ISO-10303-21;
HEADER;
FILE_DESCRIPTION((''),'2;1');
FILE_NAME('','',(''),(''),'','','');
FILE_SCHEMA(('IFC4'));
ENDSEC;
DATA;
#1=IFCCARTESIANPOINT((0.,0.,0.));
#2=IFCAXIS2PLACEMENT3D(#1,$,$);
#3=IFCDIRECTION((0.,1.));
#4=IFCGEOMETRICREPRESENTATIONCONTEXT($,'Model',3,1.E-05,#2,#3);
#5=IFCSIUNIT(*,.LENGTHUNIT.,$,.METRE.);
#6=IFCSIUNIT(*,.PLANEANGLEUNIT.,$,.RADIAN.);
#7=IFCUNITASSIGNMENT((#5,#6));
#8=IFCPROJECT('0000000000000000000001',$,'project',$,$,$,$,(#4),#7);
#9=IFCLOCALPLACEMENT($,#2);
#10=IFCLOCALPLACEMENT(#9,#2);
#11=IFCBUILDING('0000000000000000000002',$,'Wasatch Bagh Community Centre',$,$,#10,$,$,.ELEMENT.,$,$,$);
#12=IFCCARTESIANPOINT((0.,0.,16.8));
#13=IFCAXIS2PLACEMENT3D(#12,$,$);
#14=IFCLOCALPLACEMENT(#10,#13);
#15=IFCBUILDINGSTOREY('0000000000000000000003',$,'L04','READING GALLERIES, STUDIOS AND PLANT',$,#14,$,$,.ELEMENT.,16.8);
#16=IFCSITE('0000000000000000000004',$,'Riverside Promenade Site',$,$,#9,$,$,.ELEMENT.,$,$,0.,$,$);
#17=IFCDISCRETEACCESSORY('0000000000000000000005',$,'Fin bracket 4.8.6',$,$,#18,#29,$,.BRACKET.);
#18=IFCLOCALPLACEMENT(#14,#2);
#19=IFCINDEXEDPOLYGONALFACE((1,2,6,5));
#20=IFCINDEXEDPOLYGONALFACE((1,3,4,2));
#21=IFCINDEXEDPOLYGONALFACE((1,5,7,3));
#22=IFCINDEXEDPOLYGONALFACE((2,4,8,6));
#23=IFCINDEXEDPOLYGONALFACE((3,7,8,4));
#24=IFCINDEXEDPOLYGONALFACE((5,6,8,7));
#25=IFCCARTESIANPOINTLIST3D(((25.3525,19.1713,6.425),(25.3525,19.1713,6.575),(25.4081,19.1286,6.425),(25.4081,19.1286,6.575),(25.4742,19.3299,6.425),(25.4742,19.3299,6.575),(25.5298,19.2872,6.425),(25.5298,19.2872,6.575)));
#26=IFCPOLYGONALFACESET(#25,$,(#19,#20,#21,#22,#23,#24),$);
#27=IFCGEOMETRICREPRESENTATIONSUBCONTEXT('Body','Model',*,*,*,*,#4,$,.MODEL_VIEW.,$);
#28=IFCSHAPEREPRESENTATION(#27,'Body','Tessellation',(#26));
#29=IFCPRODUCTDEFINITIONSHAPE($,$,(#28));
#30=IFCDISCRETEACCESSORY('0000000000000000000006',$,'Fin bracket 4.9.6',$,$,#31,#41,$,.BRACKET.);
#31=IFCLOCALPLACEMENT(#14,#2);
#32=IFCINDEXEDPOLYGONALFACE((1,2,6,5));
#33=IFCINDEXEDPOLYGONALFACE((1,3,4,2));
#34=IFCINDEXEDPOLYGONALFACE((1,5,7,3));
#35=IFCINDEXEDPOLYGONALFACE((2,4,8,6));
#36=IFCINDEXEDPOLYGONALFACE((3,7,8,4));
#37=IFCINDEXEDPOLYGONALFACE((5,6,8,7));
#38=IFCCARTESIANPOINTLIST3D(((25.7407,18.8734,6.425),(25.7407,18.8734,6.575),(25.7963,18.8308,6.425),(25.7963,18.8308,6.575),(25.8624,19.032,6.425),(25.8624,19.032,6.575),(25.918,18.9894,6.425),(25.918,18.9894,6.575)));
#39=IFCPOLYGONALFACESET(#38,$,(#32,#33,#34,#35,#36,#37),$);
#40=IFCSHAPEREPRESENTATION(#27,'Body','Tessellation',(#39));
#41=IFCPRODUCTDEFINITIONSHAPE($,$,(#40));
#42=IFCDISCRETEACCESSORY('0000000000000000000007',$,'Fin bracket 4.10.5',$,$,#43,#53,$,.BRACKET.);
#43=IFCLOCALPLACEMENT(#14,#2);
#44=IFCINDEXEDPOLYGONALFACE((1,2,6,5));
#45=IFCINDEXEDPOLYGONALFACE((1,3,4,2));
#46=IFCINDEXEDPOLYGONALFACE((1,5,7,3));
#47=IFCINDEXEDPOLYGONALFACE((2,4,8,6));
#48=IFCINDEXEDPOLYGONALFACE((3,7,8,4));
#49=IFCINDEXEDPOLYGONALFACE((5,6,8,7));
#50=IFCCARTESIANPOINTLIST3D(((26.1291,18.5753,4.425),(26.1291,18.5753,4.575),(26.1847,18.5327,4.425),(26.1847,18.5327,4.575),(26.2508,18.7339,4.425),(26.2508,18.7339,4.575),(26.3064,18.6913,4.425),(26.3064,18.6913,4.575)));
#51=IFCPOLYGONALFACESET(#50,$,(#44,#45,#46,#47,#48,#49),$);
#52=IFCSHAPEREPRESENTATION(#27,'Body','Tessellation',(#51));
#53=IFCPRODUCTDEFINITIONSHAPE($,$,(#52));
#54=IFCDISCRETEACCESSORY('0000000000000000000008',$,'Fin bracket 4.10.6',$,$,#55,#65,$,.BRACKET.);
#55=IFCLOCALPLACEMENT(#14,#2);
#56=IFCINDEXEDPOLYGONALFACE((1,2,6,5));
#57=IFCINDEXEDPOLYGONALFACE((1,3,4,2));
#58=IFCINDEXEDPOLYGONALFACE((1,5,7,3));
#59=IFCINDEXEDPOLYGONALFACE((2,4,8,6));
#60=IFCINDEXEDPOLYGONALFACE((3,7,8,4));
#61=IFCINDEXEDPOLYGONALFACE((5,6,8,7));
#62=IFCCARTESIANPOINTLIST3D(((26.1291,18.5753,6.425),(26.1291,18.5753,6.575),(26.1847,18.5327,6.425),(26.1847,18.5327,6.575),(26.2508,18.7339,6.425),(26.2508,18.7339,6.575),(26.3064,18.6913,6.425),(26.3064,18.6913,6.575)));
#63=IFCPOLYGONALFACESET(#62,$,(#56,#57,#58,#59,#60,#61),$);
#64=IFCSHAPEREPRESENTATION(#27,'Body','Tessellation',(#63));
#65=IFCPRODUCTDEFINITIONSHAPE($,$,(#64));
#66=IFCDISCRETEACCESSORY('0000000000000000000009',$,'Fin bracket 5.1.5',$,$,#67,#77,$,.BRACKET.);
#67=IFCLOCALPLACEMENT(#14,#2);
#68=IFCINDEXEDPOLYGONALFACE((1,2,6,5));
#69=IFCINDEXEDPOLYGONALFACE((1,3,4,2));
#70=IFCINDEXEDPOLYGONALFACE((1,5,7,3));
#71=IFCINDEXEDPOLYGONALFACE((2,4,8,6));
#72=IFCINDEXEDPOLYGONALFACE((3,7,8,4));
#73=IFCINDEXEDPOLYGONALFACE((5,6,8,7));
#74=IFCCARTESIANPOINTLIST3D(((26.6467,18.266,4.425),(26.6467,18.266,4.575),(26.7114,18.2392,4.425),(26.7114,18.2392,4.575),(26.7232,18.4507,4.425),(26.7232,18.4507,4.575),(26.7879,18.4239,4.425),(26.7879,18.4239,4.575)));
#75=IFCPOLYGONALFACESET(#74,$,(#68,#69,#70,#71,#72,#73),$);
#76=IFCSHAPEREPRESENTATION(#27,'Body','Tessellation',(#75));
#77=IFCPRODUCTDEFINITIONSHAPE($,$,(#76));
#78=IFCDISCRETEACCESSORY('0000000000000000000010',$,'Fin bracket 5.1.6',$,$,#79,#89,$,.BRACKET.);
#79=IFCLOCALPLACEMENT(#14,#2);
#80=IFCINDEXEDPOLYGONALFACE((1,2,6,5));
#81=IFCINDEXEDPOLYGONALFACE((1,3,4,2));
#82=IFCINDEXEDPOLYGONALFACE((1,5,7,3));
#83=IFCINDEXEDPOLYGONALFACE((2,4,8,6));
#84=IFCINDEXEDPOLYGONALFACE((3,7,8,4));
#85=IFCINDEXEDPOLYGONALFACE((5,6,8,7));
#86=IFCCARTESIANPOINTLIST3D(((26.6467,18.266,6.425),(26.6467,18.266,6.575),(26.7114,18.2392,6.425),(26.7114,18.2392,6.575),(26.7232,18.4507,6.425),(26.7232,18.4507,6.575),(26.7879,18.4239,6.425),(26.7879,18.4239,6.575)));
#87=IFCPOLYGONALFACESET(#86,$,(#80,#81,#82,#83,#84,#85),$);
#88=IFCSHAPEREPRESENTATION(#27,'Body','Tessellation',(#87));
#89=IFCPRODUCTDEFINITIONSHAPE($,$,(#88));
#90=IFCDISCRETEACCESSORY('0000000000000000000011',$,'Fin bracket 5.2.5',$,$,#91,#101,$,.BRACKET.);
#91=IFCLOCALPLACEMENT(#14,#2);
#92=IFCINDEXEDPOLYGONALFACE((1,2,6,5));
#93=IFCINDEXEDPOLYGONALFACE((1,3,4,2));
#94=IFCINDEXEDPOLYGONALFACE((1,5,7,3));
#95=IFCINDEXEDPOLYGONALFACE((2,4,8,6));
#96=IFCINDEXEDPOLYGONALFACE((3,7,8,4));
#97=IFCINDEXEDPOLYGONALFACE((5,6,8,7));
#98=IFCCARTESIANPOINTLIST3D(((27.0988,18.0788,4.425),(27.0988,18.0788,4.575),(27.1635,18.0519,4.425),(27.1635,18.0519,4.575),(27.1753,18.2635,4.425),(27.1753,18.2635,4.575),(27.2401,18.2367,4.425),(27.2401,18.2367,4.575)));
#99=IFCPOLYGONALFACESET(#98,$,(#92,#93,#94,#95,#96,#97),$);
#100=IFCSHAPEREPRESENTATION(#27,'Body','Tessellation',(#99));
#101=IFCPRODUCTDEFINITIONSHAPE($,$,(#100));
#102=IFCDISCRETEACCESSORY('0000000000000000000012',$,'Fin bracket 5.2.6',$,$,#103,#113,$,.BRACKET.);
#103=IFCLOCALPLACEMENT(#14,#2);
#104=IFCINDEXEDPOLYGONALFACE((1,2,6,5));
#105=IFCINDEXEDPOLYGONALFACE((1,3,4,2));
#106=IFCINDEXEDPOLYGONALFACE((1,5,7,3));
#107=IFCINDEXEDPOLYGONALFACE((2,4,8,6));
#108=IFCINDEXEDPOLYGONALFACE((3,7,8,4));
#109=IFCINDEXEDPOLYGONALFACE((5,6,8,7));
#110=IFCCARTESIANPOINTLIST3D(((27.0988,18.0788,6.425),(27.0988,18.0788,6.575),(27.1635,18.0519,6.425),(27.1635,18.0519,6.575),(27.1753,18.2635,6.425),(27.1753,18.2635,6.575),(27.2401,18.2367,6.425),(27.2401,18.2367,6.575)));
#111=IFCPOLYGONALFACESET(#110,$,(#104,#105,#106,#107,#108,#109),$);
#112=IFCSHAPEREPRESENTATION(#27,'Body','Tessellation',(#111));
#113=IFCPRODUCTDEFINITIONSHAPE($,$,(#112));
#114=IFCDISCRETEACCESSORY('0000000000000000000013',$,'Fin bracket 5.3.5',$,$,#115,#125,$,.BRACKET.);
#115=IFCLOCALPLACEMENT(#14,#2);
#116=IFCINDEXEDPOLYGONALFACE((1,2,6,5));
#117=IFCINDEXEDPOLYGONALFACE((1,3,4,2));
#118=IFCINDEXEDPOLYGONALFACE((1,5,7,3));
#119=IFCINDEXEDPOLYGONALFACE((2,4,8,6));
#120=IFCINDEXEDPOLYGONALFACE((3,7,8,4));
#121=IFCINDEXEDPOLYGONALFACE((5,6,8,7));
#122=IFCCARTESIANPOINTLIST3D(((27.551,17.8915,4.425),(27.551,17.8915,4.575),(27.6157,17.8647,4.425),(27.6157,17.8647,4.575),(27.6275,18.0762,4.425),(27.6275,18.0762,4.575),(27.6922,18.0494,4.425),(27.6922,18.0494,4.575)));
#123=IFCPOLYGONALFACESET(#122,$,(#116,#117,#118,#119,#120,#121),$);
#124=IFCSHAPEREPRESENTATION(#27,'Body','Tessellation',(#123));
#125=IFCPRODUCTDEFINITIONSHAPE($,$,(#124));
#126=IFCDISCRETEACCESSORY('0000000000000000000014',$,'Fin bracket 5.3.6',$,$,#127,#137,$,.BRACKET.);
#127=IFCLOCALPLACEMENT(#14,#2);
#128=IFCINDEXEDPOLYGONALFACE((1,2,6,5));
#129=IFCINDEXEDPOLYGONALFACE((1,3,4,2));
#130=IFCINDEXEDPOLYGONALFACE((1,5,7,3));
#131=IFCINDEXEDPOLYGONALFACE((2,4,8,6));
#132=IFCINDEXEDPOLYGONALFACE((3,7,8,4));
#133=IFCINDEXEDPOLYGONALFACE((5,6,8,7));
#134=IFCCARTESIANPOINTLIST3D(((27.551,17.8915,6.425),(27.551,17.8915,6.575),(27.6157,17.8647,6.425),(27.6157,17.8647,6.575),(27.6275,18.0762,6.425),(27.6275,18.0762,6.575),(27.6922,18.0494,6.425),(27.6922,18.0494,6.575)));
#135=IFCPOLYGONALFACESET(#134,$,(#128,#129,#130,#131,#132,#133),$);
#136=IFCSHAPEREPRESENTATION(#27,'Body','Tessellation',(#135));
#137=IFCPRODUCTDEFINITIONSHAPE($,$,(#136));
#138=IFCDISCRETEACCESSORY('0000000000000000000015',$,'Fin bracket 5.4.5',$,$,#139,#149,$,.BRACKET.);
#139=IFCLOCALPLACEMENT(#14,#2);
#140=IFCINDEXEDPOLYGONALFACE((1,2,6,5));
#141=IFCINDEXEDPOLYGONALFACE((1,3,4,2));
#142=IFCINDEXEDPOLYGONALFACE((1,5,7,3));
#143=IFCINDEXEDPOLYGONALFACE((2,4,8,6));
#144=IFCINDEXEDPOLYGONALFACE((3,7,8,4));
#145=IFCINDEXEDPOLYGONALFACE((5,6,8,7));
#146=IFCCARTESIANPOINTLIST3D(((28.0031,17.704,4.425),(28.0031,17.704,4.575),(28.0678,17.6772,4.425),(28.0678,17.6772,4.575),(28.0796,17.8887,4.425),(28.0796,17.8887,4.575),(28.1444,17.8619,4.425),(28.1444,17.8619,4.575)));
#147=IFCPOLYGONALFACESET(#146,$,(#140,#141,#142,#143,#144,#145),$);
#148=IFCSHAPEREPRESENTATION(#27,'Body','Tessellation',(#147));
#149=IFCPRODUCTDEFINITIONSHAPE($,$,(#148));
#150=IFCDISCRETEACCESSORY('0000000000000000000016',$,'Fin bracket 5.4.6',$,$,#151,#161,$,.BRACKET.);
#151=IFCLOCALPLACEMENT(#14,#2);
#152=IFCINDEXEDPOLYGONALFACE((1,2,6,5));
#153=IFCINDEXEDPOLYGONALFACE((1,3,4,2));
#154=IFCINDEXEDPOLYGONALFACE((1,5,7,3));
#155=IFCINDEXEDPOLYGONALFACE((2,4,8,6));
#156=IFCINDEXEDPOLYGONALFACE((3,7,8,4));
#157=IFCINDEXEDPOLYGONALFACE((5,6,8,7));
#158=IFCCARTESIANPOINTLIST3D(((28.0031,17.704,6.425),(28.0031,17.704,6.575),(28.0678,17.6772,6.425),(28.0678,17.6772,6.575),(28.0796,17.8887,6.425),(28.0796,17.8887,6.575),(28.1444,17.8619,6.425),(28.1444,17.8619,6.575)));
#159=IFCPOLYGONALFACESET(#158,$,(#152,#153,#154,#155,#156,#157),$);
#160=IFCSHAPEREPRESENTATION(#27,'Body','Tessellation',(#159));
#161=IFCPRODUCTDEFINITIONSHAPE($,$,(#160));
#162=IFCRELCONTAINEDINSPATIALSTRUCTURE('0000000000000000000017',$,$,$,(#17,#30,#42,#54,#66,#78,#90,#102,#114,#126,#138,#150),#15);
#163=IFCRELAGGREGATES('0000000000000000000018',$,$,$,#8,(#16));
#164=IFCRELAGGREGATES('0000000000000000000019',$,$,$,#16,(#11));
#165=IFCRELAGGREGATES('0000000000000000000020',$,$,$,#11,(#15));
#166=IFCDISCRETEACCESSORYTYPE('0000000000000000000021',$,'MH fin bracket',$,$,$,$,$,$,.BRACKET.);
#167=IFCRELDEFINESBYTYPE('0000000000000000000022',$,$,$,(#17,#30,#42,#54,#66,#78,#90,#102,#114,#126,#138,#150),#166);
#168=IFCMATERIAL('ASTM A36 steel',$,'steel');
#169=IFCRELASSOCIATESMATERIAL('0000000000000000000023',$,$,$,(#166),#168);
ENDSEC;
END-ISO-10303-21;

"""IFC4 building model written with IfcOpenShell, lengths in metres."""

from ifc_helpers import new_model, si_unit, direction, frame, origin, origin_2d, place, context, subcontext, project, spatial, rectangle, extrude, material, type_object, element, save


model = new_model("IFC4")

# Units and contexts
model_context = context("Model", 3, precision=1e-05, world=origin(), true_north=direction((0.0, 1.0)))
body_context = subcontext(model_context, "Body", "Model", "MODEL_VIEW")
ifc_project = project(units=[si_unit("LENGTHUNIT", "METRE"), si_unit("PLANEANGLEUNIT", "RADIAN")], contexts=[model_context])

# Site, building, storey
site_placement = place(None, origin())
site = spatial("IfcSite", under=ifc_project, at=site_placement, Name="Riverside Promenade Site", CompositionType="ELEMENT", RefElevation=0.0)
building_placement = place(site_placement, origin())
building = spatial("IfcBuilding", under=site, at=building_placement, Name="Wasatch Bagh Community Centre", CompositionType="ELEMENT")
storey_placement = place(building_placement, frame((0.0, 0.0, 16.8)))
storey = spatial("IfcBuildingStorey", under=building, at=storey_placement, Name="L04", Description="READING GALLERIES, STUDIOS AND PLANT", CompositionType="ELEMENT", Elevation=16.8)

# Shared definitions
ifc_material_1 = material(Name="ASTM A36 steel", Category="steel")

# Discrete accessories
discrete_accessory_type = type_object("IfcDiscreteAccessoryType", Name="MH fin bracket", PredefinedType="BRACKET", material=ifc_material_1)
for number, where, z_axis, x_axis, name in (
    (1, (25.4412, 19.2292, 6.425), (0.0, 0.0, 1.0), (0.793353, -0.608761, 0.0), "Fin bracket 4.8.6"),
    (2, (25.8293, 18.9314, 6.425), (0.0, 0.0, 1.0), (0.793353, -0.608761, 0.0), "Fin bracket 4.9.6"),
    (3, (26.2178, 18.6333, 4.425), (0.0, 0.0, 1.0), (0.793353, -0.608761, 0.0), "Fin bracket 4.10.5"),
    (4, (26.2178, 18.6333, 6.425), (0.0, 0.0, 1.0), (0.793353, -0.608761, 0.0), "Fin bracket 4.10.6"),
    (5, (26.7173, 18.345, 4.425), (0.0, 0.0, 1.0), (0.92388, -0.382683, 0.0), "Fin bracket 5.1.5"),
    (6, (26.7173, 18.345, 6.425), (0.0, 0.0, 1.0), (0.92388, -0.382683, 0.0), "Fin bracket 5.1.6"),
    (7, (27.1694, 18.1577, 4.425), (0.0, 0.0, 1.0), (0.92388, -0.382683, 0.0), "Fin bracket 5.2.5"),
    (8, (27.1694, 18.1577, 6.425), (0.0, 0.0, 1.0), (0.92388, -0.382683, 0.0), "Fin bracket 5.2.6"),
    (9, (27.6216, 17.9705, 4.425), (0.0, 0.0, 1.0), (0.92388, -0.382683, 0.0), "Fin bracket 5.3.5"),
    (10, (27.6216, 17.9705, 6.425), (0.0, 0.0, 1.0), (0.92388, -0.382683, 0.0), "Fin bracket 5.3.6"),
    (11, (28.0737, 17.783, 4.425), (0.0, 0.0, 1.0), (0.92388, -0.382683, 0.0), "Fin bracket 5.4.5"),
    (12, (28.0737, 17.783, 6.425), (0.0, 0.0, 1.0), (0.92388, -0.382683, 0.0), "Fin bracket 5.4.6"),
):
    element("IfcDiscreteAccessory", number, at=place(storey_placement, frame(where, z_axis=z_axis, x_axis=x_axis)), inside=storey, type_object=discrete_accessory_type, Name=name, PredefinedType="BRACKET", context=body_context, shape_type="SweptSolid", body=[
        extrude(rectangle(XDim=0.0701, YDim=0.2, at=origin_2d()), origin(), (0.0, 0.0, 1.0), 0.1499),
    ])

save(model, "model.ifc")
